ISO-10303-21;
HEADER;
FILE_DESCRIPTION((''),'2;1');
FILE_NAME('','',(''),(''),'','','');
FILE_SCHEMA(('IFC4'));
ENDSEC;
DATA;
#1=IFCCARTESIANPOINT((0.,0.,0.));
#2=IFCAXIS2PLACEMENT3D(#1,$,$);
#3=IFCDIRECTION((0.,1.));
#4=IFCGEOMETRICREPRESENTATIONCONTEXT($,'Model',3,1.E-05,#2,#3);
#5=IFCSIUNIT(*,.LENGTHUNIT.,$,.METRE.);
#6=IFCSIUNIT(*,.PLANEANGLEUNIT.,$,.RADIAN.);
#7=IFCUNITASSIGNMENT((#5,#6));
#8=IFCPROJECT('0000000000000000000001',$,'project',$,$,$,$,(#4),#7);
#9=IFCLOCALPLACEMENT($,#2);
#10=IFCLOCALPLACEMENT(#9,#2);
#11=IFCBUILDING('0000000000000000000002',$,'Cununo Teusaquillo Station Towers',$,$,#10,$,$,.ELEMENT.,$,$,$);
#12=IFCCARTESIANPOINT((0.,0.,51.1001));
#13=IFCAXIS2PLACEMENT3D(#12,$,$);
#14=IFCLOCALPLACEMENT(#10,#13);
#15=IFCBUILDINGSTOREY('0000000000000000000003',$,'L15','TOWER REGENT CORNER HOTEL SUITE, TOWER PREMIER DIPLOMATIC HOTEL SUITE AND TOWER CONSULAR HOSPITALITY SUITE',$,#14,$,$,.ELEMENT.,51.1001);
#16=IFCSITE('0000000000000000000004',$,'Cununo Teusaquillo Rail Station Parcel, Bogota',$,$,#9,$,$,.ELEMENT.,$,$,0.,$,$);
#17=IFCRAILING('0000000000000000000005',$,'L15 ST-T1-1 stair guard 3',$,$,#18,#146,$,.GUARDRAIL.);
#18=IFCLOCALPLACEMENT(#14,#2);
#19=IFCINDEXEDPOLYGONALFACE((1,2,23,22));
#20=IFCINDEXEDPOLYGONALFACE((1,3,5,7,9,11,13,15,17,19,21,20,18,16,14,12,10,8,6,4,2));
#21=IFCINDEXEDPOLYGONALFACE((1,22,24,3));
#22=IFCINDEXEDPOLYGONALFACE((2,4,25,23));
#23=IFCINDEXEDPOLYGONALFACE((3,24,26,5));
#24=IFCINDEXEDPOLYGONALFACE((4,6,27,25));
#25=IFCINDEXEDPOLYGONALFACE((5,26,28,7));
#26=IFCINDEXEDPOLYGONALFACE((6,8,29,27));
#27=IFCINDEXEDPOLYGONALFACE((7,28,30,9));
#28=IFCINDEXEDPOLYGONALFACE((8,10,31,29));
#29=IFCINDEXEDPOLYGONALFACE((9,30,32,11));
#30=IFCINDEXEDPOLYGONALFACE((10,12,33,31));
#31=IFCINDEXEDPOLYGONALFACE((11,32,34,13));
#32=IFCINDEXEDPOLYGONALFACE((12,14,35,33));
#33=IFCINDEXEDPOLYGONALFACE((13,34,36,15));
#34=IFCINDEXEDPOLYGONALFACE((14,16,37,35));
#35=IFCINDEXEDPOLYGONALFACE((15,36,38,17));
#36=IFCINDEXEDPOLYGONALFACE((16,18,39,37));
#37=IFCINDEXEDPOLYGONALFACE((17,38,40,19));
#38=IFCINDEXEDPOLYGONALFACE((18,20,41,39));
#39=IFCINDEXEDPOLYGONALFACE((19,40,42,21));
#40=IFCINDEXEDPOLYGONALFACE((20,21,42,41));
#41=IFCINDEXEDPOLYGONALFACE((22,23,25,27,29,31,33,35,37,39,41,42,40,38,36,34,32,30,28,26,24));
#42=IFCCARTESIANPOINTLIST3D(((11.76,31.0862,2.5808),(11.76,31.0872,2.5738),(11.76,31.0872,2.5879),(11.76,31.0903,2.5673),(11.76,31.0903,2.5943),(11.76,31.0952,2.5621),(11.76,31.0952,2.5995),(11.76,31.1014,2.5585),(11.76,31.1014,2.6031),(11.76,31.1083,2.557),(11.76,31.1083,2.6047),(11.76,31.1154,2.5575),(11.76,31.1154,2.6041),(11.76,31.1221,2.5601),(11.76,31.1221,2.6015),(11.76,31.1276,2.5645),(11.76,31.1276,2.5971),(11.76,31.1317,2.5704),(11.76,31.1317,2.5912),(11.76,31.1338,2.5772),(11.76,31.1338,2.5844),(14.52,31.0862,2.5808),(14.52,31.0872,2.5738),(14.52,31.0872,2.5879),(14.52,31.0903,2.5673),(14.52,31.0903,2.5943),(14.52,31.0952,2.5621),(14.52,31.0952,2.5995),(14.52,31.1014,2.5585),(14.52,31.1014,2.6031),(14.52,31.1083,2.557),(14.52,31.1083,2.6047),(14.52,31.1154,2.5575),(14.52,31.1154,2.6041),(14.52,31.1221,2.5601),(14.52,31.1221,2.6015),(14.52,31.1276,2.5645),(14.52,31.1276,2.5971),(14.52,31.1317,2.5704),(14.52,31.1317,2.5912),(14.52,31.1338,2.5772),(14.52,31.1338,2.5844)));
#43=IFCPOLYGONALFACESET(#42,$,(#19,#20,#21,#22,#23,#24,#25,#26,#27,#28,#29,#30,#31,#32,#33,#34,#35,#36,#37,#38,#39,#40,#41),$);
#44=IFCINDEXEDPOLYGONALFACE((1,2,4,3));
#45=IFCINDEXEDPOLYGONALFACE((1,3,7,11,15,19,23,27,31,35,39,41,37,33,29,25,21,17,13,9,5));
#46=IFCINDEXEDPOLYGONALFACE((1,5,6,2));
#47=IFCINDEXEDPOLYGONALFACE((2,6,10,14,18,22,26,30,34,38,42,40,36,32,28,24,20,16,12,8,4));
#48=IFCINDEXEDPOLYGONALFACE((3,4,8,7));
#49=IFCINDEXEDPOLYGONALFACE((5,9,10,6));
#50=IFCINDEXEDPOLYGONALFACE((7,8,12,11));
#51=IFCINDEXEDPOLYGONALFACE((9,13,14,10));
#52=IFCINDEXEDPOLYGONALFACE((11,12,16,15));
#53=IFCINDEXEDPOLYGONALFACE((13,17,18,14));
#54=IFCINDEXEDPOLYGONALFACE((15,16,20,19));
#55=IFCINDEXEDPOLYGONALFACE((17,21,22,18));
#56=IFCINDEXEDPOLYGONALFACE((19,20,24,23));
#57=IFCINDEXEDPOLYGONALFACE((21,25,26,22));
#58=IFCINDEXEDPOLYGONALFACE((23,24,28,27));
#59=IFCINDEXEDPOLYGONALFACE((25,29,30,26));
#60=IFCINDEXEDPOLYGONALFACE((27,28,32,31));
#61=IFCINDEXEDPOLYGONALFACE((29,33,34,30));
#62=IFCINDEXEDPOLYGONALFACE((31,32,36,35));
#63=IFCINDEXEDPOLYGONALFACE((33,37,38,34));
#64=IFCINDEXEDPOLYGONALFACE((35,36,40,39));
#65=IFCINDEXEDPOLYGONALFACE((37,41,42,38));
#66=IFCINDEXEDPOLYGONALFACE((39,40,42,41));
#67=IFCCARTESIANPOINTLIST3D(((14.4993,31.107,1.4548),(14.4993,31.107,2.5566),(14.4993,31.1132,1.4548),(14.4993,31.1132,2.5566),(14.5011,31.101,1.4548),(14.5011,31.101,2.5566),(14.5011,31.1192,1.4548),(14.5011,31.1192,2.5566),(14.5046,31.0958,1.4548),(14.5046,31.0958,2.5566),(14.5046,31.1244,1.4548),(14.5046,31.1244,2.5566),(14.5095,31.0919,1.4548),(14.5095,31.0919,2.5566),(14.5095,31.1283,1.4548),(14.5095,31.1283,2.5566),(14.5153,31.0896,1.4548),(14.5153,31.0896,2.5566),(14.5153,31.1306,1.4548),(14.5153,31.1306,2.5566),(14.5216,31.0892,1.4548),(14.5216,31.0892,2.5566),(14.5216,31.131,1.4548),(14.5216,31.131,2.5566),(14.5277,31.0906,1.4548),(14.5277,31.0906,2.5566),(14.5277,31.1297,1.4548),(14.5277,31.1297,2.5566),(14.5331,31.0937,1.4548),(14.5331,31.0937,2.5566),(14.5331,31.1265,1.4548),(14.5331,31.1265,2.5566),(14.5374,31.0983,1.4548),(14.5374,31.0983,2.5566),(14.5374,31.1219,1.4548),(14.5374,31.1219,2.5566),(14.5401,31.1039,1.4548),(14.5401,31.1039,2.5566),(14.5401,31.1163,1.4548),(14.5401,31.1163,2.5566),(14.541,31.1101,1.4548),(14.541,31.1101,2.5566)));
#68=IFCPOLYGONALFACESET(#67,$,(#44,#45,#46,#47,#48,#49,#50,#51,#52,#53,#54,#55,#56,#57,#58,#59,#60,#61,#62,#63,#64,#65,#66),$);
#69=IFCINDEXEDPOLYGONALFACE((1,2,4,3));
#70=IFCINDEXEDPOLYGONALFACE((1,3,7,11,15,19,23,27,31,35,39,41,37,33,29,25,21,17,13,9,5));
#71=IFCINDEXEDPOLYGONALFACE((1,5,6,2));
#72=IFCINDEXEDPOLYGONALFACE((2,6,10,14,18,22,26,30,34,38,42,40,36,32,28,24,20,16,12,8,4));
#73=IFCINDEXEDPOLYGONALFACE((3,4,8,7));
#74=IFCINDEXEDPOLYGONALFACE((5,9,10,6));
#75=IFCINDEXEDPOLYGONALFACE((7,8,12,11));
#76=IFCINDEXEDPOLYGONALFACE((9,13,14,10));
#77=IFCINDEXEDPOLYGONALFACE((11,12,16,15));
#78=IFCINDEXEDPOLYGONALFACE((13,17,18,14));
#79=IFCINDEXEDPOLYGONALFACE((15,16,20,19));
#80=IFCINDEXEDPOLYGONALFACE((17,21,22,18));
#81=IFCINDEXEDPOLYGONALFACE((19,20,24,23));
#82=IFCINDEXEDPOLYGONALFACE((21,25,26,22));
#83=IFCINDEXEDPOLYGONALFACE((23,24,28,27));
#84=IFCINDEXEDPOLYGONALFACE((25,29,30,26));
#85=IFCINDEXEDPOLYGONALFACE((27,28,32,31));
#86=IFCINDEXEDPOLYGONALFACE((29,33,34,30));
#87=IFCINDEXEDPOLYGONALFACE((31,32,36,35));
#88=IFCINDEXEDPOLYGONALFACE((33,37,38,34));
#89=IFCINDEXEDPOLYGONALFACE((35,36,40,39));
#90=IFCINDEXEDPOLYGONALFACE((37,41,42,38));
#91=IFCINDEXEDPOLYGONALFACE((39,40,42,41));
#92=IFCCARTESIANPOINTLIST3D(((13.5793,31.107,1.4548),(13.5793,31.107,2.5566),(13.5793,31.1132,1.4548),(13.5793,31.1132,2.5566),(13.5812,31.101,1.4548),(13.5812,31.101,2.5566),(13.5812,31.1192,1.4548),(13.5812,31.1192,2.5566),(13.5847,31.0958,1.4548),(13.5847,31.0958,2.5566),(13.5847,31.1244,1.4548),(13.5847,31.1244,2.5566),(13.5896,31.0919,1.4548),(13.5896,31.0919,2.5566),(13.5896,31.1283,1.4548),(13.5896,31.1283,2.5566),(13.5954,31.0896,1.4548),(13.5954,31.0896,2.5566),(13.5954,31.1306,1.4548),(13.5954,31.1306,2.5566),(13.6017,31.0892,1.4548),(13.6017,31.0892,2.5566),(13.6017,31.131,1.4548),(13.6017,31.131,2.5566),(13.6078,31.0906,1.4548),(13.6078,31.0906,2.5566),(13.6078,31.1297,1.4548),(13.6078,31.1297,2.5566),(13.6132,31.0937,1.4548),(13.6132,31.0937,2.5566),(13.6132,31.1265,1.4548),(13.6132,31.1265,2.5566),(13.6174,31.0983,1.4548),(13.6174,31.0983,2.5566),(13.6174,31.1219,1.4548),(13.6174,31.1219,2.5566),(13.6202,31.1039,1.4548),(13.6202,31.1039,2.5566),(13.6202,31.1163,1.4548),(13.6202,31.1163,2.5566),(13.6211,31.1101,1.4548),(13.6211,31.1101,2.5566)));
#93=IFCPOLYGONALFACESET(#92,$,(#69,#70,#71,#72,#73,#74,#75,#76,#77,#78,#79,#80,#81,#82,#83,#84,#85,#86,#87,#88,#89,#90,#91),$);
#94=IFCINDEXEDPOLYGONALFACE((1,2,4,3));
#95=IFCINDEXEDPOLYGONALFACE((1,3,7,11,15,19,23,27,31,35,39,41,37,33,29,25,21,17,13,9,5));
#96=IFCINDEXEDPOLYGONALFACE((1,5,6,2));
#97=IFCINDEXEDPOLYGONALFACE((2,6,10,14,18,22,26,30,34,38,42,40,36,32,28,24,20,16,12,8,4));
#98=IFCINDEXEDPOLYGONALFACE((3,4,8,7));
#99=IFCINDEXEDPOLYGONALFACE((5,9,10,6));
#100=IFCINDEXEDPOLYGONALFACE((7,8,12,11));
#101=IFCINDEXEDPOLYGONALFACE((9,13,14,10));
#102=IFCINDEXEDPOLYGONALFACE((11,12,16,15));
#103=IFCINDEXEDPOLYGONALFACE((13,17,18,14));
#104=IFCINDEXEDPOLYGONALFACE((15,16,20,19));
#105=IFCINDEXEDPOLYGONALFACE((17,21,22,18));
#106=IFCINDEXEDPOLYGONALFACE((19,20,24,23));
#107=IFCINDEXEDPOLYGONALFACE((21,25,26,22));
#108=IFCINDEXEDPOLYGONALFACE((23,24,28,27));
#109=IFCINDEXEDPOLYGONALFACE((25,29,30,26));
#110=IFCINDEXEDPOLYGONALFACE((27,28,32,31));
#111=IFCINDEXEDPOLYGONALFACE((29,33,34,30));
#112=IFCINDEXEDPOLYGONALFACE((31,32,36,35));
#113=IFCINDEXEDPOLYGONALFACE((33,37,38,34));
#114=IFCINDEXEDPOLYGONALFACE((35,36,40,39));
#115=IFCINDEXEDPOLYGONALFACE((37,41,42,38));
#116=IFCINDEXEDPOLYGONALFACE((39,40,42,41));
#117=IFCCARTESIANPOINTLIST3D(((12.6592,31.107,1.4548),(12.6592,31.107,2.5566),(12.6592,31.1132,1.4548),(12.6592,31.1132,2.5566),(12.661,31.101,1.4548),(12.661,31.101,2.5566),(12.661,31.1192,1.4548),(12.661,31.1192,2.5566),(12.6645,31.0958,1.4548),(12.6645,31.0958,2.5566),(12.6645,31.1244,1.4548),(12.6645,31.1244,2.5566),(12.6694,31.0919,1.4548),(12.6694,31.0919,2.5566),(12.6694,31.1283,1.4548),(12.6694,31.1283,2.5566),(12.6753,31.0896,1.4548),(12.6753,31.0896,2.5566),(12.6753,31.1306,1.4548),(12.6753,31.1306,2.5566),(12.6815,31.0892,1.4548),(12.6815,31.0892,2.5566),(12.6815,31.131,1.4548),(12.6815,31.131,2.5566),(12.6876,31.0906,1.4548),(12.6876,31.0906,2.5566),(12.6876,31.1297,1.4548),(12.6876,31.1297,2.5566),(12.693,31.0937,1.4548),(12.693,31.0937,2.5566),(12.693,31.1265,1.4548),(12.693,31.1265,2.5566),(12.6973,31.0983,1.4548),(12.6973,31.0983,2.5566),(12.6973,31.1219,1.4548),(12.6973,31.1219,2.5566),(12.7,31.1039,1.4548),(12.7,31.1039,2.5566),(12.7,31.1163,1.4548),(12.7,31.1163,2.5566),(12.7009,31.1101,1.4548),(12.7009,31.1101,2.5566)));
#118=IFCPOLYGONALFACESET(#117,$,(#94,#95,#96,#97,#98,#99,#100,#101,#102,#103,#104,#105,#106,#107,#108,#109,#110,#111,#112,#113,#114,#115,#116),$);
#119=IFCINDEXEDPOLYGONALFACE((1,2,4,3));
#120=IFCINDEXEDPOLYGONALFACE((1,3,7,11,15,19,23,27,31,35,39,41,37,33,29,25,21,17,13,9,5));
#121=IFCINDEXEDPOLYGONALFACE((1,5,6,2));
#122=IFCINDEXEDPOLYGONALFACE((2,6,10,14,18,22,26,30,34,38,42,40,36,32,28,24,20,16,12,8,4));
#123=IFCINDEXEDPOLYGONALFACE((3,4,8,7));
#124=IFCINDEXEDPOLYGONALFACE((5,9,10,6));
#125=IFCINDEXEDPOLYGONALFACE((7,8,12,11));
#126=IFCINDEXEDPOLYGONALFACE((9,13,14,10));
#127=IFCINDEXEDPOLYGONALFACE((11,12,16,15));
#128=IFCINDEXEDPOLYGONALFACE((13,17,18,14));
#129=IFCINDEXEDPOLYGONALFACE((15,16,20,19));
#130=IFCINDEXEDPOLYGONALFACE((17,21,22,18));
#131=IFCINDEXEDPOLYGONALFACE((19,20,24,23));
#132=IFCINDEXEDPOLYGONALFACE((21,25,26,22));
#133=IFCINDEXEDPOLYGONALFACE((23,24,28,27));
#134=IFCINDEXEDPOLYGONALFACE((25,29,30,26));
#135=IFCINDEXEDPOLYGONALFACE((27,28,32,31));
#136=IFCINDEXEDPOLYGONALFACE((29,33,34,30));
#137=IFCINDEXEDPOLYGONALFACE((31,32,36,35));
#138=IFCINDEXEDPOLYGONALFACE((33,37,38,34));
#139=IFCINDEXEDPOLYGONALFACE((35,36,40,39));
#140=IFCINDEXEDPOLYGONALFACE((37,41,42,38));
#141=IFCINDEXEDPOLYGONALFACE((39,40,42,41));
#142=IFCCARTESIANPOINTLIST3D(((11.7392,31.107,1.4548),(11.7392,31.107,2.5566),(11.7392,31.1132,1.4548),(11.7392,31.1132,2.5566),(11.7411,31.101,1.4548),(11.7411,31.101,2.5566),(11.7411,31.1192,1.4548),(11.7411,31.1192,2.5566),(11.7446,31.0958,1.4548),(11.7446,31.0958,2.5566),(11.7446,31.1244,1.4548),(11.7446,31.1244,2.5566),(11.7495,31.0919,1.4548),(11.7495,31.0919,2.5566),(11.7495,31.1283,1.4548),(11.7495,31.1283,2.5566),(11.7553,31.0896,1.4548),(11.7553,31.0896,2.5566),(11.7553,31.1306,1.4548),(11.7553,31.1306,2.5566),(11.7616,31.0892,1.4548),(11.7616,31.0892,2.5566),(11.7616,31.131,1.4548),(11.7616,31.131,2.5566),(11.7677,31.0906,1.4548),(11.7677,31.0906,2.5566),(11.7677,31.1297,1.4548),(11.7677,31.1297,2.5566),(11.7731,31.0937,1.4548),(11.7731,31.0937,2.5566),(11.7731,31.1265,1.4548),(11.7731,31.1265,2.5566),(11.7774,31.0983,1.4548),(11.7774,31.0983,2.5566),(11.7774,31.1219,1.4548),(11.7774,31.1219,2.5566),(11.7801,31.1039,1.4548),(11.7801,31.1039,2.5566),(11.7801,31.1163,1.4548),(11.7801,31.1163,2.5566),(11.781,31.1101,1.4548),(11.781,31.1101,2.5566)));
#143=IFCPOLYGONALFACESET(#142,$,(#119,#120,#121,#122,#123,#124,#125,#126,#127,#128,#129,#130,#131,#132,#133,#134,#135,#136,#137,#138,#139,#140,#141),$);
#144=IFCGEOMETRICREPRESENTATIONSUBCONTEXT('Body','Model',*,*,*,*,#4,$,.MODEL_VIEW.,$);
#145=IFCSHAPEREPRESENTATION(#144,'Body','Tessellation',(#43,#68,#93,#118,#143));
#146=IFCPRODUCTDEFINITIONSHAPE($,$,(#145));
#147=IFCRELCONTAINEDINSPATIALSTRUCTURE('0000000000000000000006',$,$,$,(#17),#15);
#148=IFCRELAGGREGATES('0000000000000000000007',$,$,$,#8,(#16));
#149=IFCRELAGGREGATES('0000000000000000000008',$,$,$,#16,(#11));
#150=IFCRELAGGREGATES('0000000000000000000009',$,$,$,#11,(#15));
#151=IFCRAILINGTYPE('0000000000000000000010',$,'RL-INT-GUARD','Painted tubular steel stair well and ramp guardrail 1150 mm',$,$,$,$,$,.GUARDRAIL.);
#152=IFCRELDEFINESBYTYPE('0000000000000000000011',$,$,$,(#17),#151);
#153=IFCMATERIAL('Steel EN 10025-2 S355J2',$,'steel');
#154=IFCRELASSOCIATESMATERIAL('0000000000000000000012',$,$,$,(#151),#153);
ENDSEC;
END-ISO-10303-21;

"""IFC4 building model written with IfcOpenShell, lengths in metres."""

from ifc_helpers import new_model, si_unit, direction, frame, origin, origin_2d, place, context, subcontext, project, spatial, circle, extrude, material, type_object, element, save


model = new_model("IFC4")

# Units and contexts
model_context = context("Model", 3, precision=1e-05, world=origin(), true_north=direction((0.0, 1.0)))
body_context = subcontext(model_context, "Body", "Model", "MODEL_VIEW")
ifc_project = project(units=[si_unit("LENGTHUNIT", "METRE"), si_unit("PLANEANGLEUNIT", "RADIAN")], contexts=[model_context])

# Site, building, storey
site_placement = place(None, origin())
site = spatial("IfcSite", under=ifc_project, at=site_placement, Name="Cununo Teusaquillo Rail Station Parcel, Bogota", CompositionType="ELEMENT", RefElevation=0.0)
building_placement = place(site_placement, origin())
building = spatial("IfcBuilding", under=site, at=building_placement, Name="Cununo Teusaquillo Station Towers", CompositionType="ELEMENT")
storey_placement = place(building_placement, frame((0.0, 0.0, 51.1001)))
storey = spatial("IfcBuildingStorey", under=building, at=storey_placement, Name="L15", Description="TOWER REGENT CORNER HOTEL SUITE, TOWER PREMIER DIPLOMATIC HOTEL SUITE AND TOWER CONSULAR HOSPITALITY SUITE", CompositionType="ELEMENT", Elevation=51.1001)

# Railing
ifc_material_1 = material(Name="Steel EN 10025-2 S355J2", Category="steel")
railing_type_1 = type_object("IfcRailingType", Name="RL-INT-GUARD", Description="Painted tubular steel stair well and ramp guardrail 1150 mm", PredefinedType="GUARDRAIL", material=ifc_material_1)
railing_1_placement = place(storey_placement, frame((14.52, 31.1101, 1.4548)))
element("IfcRailing", 1, at=railing_1_placement, inside=storey, type_object=railing_type_1, Name="L15 ST-T1-1 stair guard 3", PredefinedType="GUARDRAIL", context=body_context, shape_type="SweptSolid", body=[
    extrude(circle(Radius=0.0239, at=origin_2d()), frame((0.0, 0.0, 1.126), z_axis=(-1.0, 0.0, 0.0), x_axis=(0.0, -1.0, 0.0)), (0.0, 0.0, 1.0), 2.76),
    extrude(circle(Radius=0.021, at=origin_2d()), origin(), (0.0, 0.0, 1.0), 1.1018),
    extrude(circle(Radius=0.021, at=origin_2d()), frame((-0.9199, 0.0, 0.0)), (0.0, 0.0, 1.0), 1.1018),
    extrude(circle(Radius=0.021, at=origin_2d()), frame((-1.8401, 0.0, 0.0)), (0.0, 0.0, 1.0), 1.1018),
    extrude(circle(Radius=0.021, at=origin_2d()), frame((-2.76, 0.0, 0.0)), (0.0, 0.0, 1.0), 1.1018),
])

save(model, "model.ifc")
